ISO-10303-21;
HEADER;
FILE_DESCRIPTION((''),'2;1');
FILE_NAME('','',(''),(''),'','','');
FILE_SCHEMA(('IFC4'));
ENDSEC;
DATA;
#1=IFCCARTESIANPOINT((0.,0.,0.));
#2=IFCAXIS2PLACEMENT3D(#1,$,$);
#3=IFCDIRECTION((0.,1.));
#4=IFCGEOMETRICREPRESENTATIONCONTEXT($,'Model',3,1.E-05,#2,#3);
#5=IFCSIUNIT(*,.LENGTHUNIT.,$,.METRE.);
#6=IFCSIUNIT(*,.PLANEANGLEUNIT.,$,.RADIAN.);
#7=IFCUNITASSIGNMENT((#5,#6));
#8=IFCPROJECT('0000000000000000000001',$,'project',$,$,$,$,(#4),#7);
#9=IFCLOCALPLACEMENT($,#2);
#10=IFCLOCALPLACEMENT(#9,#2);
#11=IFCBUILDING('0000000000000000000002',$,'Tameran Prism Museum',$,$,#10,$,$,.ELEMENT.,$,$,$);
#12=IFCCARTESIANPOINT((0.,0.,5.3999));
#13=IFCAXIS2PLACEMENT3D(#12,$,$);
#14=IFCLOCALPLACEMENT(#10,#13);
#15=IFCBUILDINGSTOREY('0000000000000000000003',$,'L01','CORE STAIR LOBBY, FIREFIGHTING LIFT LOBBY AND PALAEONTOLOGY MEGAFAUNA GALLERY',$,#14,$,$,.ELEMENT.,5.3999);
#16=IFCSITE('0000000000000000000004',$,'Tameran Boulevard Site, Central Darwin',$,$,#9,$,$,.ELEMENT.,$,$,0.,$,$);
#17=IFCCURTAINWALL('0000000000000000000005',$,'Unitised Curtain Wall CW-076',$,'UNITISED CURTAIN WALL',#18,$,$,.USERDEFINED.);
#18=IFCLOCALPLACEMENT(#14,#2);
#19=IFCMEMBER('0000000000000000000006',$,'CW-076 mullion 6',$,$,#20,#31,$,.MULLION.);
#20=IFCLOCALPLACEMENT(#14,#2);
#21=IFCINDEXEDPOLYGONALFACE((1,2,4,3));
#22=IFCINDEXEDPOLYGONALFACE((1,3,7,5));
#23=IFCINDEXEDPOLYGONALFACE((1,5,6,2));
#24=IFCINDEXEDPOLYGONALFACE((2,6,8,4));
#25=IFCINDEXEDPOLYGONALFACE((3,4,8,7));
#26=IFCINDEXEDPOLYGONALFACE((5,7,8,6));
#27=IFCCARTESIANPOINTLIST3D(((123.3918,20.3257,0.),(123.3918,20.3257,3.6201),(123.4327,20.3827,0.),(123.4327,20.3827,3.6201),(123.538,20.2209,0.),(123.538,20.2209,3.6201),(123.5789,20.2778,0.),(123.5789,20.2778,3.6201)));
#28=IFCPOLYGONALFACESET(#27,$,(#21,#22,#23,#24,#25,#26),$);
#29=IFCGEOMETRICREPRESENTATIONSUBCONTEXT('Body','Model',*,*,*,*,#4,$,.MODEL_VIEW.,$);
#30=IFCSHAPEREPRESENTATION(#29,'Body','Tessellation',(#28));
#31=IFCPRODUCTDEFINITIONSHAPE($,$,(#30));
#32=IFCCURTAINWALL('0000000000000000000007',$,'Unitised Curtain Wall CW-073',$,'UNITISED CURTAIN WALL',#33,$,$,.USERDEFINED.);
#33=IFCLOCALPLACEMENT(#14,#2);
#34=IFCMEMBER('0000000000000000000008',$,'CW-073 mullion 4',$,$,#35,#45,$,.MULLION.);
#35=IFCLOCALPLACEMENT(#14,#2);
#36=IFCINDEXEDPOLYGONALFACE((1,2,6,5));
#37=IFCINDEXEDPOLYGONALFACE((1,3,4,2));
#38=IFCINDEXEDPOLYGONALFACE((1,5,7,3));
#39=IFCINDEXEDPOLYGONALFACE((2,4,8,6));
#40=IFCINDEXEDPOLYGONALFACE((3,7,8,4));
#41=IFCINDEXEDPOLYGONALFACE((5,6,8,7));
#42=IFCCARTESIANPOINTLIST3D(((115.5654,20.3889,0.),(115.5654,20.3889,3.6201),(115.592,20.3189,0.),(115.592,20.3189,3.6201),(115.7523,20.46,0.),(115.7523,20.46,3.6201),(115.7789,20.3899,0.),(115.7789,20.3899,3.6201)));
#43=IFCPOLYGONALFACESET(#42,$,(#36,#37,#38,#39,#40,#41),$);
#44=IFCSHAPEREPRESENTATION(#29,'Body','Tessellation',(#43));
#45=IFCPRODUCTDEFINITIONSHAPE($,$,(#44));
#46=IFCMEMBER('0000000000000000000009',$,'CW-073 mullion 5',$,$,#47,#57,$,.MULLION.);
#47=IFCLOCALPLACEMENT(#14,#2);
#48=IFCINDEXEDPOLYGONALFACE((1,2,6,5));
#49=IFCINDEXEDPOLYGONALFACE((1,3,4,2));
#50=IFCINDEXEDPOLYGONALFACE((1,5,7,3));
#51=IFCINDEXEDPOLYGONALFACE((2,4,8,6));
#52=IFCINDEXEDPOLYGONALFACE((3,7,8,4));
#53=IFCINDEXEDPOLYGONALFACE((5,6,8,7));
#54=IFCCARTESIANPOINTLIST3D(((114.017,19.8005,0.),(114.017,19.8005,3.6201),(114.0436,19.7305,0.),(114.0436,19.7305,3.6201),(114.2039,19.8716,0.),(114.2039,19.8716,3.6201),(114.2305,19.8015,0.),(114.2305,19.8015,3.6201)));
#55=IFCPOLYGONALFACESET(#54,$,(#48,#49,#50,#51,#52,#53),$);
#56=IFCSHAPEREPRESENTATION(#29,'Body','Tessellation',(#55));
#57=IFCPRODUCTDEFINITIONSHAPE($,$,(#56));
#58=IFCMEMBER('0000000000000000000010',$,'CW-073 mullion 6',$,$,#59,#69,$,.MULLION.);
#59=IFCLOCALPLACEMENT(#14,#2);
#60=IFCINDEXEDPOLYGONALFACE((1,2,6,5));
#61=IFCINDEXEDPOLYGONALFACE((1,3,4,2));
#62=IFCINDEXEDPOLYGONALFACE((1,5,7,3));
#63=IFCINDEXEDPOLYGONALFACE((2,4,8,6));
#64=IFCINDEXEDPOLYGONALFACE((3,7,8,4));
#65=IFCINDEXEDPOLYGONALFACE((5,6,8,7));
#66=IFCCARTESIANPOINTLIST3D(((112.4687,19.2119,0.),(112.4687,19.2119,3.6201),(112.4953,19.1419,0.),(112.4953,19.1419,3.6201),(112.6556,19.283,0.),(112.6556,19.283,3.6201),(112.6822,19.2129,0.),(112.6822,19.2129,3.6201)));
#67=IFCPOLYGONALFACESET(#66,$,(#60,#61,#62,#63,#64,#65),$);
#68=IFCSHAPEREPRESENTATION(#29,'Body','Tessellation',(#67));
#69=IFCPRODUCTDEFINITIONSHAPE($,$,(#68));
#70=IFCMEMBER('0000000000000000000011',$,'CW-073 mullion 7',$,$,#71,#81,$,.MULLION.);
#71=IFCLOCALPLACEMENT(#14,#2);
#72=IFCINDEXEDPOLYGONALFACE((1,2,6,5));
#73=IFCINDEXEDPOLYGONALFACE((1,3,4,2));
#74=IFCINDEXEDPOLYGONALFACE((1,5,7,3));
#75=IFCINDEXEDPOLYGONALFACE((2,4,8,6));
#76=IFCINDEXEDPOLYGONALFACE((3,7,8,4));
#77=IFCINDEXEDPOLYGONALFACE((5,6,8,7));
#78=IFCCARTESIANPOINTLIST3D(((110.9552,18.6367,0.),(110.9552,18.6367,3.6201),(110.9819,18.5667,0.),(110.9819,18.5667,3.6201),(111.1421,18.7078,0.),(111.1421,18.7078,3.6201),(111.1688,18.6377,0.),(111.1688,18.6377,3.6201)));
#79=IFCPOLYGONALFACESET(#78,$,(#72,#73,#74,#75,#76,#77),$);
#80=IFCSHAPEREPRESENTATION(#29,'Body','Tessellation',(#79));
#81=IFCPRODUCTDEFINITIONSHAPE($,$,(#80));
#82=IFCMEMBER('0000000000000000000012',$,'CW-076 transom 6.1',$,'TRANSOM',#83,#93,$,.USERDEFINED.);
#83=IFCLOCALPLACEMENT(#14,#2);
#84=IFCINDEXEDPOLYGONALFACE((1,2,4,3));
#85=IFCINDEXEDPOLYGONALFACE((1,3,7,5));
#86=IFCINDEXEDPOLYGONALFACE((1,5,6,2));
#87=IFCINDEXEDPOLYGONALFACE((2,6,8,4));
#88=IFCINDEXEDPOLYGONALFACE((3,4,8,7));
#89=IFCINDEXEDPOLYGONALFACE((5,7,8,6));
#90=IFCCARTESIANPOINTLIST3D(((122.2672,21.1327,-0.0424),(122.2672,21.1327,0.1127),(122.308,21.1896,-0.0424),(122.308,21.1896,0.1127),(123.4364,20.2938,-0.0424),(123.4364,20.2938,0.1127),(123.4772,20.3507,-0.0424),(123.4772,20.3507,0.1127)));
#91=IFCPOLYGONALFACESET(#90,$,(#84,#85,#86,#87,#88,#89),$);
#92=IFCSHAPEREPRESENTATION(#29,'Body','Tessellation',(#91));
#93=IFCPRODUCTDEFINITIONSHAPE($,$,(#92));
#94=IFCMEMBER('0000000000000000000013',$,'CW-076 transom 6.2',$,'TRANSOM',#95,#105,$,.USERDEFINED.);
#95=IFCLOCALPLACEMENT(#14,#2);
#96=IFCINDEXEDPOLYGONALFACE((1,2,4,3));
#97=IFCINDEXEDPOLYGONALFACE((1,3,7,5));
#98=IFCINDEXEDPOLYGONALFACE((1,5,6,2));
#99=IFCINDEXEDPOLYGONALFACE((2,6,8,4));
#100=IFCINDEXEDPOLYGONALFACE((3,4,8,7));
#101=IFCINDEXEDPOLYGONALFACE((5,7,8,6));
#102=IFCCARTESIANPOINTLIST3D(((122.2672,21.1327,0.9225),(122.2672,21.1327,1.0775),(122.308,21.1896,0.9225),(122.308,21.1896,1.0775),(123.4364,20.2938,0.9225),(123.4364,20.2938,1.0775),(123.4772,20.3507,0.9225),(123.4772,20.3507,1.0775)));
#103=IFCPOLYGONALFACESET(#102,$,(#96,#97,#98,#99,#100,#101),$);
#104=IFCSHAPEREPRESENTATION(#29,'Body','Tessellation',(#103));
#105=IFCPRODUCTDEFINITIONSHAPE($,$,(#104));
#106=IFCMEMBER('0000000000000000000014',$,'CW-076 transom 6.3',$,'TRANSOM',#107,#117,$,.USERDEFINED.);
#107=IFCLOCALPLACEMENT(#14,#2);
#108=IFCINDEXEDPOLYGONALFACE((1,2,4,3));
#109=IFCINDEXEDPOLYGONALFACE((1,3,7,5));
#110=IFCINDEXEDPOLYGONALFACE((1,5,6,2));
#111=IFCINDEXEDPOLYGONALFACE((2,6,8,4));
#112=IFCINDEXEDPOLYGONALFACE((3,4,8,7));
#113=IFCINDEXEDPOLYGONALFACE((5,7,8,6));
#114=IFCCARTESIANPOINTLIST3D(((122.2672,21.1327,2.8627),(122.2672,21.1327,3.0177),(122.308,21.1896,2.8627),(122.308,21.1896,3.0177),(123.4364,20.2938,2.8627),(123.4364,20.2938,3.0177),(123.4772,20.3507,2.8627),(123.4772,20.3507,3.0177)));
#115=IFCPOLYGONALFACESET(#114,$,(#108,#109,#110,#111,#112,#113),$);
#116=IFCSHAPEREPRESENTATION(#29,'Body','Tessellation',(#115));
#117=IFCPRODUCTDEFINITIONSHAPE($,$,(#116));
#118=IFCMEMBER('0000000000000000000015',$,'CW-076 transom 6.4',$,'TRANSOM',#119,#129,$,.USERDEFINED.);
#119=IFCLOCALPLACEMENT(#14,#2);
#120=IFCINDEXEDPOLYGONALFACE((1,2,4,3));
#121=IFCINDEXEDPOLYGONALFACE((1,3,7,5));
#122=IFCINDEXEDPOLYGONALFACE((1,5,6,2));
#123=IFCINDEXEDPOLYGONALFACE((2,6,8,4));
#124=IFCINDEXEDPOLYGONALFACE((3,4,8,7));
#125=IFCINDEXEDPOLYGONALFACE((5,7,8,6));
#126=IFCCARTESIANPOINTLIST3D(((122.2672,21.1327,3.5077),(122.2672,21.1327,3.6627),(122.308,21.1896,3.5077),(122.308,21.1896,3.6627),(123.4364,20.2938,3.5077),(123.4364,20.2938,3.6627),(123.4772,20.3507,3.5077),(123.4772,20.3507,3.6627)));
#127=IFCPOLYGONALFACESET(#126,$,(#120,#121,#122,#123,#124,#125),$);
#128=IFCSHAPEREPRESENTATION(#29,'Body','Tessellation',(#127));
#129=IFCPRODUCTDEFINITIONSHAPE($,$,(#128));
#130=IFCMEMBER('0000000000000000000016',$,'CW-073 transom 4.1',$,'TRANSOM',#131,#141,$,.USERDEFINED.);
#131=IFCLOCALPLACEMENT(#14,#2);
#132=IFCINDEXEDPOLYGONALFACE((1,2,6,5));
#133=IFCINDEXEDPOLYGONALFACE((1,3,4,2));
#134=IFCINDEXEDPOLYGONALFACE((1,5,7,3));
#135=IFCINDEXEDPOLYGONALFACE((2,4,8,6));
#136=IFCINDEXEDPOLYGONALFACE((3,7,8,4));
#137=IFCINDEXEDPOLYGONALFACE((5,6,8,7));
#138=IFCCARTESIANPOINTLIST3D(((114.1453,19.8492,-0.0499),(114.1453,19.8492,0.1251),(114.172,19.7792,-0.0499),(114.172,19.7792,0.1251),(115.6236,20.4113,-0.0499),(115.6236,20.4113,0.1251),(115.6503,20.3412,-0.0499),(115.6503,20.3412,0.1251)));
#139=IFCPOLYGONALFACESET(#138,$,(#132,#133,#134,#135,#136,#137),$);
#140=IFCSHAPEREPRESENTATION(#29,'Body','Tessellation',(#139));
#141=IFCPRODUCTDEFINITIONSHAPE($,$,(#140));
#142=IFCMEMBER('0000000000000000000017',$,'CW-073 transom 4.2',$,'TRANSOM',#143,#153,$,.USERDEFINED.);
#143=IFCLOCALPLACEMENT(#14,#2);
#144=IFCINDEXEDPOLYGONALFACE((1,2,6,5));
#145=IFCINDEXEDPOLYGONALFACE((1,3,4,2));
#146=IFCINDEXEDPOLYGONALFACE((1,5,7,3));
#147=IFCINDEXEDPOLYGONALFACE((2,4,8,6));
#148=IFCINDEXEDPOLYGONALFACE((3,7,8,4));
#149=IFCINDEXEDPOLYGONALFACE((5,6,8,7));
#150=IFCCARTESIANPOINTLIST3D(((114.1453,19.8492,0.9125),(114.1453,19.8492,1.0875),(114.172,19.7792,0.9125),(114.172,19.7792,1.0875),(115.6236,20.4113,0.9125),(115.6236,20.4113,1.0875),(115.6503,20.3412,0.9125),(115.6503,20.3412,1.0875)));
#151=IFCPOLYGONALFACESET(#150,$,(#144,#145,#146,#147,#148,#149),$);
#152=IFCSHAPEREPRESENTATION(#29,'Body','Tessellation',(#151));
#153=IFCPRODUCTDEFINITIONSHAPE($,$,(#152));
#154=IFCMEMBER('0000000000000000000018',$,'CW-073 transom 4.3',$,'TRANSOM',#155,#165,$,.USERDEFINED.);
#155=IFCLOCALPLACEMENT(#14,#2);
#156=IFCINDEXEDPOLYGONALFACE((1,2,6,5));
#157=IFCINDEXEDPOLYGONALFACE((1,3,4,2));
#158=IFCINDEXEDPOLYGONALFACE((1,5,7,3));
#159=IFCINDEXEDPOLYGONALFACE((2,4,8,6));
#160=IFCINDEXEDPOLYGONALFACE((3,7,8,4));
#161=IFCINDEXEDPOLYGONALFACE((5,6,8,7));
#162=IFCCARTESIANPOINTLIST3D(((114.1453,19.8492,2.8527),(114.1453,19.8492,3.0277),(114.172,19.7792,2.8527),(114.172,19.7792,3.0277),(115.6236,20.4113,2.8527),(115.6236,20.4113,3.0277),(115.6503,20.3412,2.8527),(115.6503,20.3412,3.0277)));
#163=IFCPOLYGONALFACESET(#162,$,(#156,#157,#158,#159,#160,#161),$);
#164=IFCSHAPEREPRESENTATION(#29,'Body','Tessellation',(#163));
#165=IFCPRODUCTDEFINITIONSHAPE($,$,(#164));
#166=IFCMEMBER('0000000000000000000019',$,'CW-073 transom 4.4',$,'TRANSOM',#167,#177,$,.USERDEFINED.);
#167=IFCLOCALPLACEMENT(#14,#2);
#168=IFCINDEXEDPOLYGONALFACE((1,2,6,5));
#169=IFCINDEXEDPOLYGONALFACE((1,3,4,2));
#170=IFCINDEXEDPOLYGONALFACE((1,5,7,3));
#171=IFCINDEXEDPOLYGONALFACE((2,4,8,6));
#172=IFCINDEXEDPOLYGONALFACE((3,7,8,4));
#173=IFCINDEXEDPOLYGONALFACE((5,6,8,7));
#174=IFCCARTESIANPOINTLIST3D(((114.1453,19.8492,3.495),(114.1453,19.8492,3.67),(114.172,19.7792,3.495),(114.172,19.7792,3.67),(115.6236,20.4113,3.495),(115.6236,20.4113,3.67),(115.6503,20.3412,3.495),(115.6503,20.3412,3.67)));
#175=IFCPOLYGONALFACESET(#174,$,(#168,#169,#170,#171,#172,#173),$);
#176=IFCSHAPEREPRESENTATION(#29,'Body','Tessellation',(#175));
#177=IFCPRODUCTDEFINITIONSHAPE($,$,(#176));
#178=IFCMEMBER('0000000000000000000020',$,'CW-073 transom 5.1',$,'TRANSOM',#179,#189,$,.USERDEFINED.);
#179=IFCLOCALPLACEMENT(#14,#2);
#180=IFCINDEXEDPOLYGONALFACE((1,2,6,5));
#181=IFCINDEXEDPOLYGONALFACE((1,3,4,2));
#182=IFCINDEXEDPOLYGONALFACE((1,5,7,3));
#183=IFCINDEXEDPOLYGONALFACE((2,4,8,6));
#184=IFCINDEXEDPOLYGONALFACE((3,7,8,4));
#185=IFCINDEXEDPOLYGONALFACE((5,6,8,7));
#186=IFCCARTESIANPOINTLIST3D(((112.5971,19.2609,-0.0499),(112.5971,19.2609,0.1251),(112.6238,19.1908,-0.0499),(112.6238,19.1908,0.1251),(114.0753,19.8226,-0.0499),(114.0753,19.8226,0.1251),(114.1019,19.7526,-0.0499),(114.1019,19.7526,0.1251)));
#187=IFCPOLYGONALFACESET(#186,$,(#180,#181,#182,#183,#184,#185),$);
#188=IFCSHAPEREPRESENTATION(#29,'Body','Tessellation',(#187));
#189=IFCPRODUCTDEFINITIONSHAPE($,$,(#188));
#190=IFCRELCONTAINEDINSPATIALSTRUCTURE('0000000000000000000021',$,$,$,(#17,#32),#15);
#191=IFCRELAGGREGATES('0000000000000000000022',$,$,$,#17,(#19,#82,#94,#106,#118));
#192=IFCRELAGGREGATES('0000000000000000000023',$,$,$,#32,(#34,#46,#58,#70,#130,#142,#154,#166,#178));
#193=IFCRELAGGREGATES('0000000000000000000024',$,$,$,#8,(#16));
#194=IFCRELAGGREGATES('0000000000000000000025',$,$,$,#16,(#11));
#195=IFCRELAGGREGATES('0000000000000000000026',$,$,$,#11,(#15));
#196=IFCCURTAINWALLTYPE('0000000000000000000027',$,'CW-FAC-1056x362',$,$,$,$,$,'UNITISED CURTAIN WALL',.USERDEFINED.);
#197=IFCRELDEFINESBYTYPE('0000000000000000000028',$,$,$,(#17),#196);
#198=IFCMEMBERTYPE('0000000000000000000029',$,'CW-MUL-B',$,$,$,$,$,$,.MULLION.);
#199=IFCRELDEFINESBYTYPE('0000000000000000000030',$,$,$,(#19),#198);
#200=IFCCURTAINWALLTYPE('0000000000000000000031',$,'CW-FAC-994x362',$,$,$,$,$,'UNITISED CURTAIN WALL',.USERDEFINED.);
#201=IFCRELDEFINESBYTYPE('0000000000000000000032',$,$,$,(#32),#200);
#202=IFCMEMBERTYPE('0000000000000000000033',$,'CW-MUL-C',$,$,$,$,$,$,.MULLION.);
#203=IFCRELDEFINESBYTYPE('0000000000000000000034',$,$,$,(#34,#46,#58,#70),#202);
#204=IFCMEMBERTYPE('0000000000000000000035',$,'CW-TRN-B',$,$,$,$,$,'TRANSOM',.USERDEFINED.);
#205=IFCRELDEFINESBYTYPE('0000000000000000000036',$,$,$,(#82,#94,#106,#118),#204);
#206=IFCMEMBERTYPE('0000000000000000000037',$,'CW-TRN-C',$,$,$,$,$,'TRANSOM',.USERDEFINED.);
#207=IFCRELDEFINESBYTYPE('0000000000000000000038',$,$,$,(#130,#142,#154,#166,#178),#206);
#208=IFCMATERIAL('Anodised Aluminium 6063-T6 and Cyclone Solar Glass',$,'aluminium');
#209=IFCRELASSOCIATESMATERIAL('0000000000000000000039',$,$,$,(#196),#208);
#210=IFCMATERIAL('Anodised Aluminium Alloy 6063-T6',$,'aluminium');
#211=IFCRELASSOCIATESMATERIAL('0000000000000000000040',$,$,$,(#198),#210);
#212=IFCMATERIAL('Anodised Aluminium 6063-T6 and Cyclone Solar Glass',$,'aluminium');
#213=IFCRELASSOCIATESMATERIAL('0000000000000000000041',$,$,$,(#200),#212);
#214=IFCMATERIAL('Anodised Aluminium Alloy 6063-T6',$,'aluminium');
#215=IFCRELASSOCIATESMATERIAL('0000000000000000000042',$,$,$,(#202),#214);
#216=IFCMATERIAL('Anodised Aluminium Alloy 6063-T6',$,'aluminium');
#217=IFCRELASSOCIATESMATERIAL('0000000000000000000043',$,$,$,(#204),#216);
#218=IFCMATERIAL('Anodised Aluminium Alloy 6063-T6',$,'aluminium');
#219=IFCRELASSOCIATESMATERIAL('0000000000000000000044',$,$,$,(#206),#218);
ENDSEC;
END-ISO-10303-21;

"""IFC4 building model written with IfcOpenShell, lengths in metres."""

from ifc_helpers import new_model, si_unit, direction, frame, origin, origin_2d, place, context, subcontext, project, spatial, rectangle, extrude, material, material_profile, profile_set, type_object, element, aggregate, save


model = new_model("IFC4")

# Units and contexts
model_context = context("Model", 3, precision=1e-05, world=origin(), true_north=direction((0.0, 1.0)))
body_context = subcontext(model_context, "Body", "Model", "MODEL_VIEW")
ifc_project = project(units=[si_unit("LENGTHUNIT", "METRE"), si_unit("PLANEANGLEUNIT", "RADIAN")], contexts=[model_context])

# Site, building, storey
site_placement = place(None, origin())
site = spatial("IfcSite", under=ifc_project, at=site_placement, Name="Tameran Boulevard Site, Central Darwin", CompositionType="ELEMENT", RefElevation=0.0)
building_placement = place(site_placement, origin())
building = spatial("IfcBuilding", under=site, at=building_placement, Name="Tameran Prism Museum", CompositionType="ELEMENT")
storey_placement = place(building_placement, frame((0.0, 0.0, 5.3999)))
storey = spatial("IfcBuildingStorey", under=building, at=storey_placement, Name="L01", Description="CORE STAIR LOBBY, FIREFIGHTING LIFT LOBBY AND PALAEONTOLOGY MEGAFAUNA GALLERY", CompositionType="ELEMENT", Elevation=5.3999)

# Curtain wall, member
ifc_material_1 = material(Name="Anodised Aluminium 6063-T6 and Cyclone Solar Glass", Category="aluminium")
curtain_wall_type_1 = type_object("IfcCurtainWallType", Name="CW-FAC-1056x362", ElementType="UNITISED CURTAIN WALL", PredefinedType="USERDEFINED", material=ifc_material_1)
curtain_wall_1_placement = place(storey_placement, origin())
curtain_wall_1 = element("IfcCurtainWall", 1, at=curtain_wall_1_placement, inside=storey, type_object=curtain_wall_type_1, Name="Unitised Curtain Wall CW-076", ObjectType="UNITISED CURTAIN WALL", PredefinedType="USERDEFINED")
ifc_material_2 = material(Name="Anodised Aluminium Alloy 6063-T6", Category="aluminium")
ifc_material_profile_1 = material_profile(ifc_material_2, rectangle(XDim=0.0701, YDim=0.1799, at=origin_2d()))
ifc_profile_set_1 = profile_set([ifc_material_profile_1])
member_type_1 = type_object("IfcMemberType", Name="CW-MUL-B", PredefinedType="MULLION", material=ifc_profile_set_1)
member_1_placement = place(storey_placement, frame((123.4854, 20.3018, 0.0), z_axis=(0.0, 0.0, 1.0), x_axis=(-0.582885, -0.812555, 0.0)))
member_1 = element("IfcMember", 2, at=member_1_placement, type_object=member_type_1, Name="CW-076 mullion 6", PredefinedType="MULLION", context=body_context, shape_type="SweptSolid", body=[
    extrude(rectangle(XDim=0.0701, YDim=0.1799, at=origin_2d()), origin(), (0.0, 0.0, 1.0), 3.6201),
])

# Curtain wall, members
ifc_material_3 = material(Name="Anodised Aluminium 6063-T6 and Cyclone Solar Glass", Category="aluminium")
curtain_wall_type_2 = type_object("IfcCurtainWallType", Name="CW-FAC-994x362", ElementType="UNITISED CURTAIN WALL", PredefinedType="USERDEFINED", material=ifc_material_3)
curtain_wall_2_placement = place(storey_placement, origin())
curtain_wall_2 = element("IfcCurtainWall", 3, at=curtain_wall_2_placement, inside=storey, type_object=curtain_wall_type_2, Name="Unitised Curtain Wall CW-073", ObjectType="UNITISED CURTAIN WALL", PredefinedType="USERDEFINED")
ifc_material_4 = material(Name="Anodised Aluminium Alloy 6063-T6", Category="aluminium")
ifc_material_profile_2 = material_profile(ifc_material_4, rectangle(XDim=0.075, YDim=0.2, at=origin_2d()))
ifc_profile_set_2 = profile_set([ifc_material_profile_2])
member_type_2 = type_object("IfcMemberType", Name="CW-MUL-C", PredefinedType="MULLION", material=ifc_profile_set_2)
member_2_placement = place(storey_placement, frame((115.6721, 20.3894, 0.0), z_axis=(0.0, 0.0, 1.0), x_axis=(0.355288, -0.934757, 0.0)))
member_2 = element("IfcMember", 4, at=member_2_placement, type_object=member_type_2, Name="CW-073 mullion 4", PredefinedType="MULLION", context=body_context, shape_type="SweptSolid", body=[
    extrude(rectangle(XDim=0.075, YDim=0.2, at=origin_2d()), origin(), (0.0, 0.0, 1.0), 3.6201),
])
member_3_placement = place(storey_placement, frame((114.1238, 19.801, 0.0), z_axis=(0.0, 0.0, 1.0), x_axis=(0.355288, -0.934757, 0.0)))
member_3 = element("IfcMember", 5, at=member_3_placement, type_object=member_type_2, Name="CW-073 mullion 5", PredefinedType="MULLION", context=body_context, shape_type="SweptSolid", body=[
    extrude(rectangle(XDim=0.075, YDim=0.2, at=origin_2d()), origin(), (0.0, 0.0, 1.0), 3.6201),
])
member_4_placement = place(storey_placement, frame((112.5754, 19.2124, 0.0), z_axis=(0.0, 0.0, 1.0), x_axis=(0.355288, -0.934757, 0.0)))
member_4 = element("IfcMember", 6, at=member_4_placement, type_object=member_type_2, Name="CW-073 mullion 6", PredefinedType="MULLION", context=body_context, shape_type="SweptSolid", body=[
    extrude(rectangle(XDim=0.075, YDim=0.2, at=origin_2d()), origin(), (0.0, 0.0, 1.0), 3.6201),
])
member_5_placement = place(storey_placement, frame((111.062, 18.6372, 0.0), z_axis=(0.0, 0.0, 1.0), x_axis=(0.355288, -0.934757, 0.0)))
member_5 = element("IfcMember", 7, at=member_5_placement, type_object=member_type_2, Name="CW-073 mullion 7", PredefinedType="MULLION", context=body_context, shape_type="SweptSolid", body=[
    extrude(rectangle(XDim=0.075, YDim=0.2, at=origin_2d()), origin(), (0.0, 0.0, 1.0), 3.6201),
])

# Members
ifc_material_5 = material(Name="Anodised Aluminium Alloy 6063-T6", Category="aluminium")
ifc_material_profile_3 = material_profile(ifc_material_5, rectangle(XDim=0.0701, YDim=0.155, at=origin_2d()))
ifc_profile_set_3 = profile_set([ifc_material_profile_3])
member_type_3 = type_object("IfcMemberType", Name="CW-TRN-B", ElementType="TRANSOM", PredefinedType="USERDEFINED", material=ifc_profile_set_3)
member_6_placement = place(storey_placement, frame((123.4568, 20.3223, 0.0352), z_axis=(-0.812505, 0.582954, 0.0), x_axis=(-0.582954, -0.812505, 0.0)))
member_6 = element("IfcMember", 8, at=member_6_placement, type_object=member_type_3, Name="CW-076 transom 6.1", ObjectType="TRANSOM", PredefinedType="USERDEFINED", context=body_context, shape_type="SweptSolid", body=[
    extrude(rectangle(XDim=0.0701, YDim=0.155, at=origin_2d()), origin(), (0.0, 0.0, 1.0), 1.439),
])
member_7_placement = place(storey_placement, frame((123.4568, 20.3223, 1.0), z_axis=(-0.812505, 0.582954, 0.0), x_axis=(-0.582954, -0.812505, 0.0)))
member_7 = element("IfcMember", 9, at=member_7_placement, type_object=member_type_3, Name="CW-076 transom 6.2", ObjectType="TRANSOM", PredefinedType="USERDEFINED", context=body_context, shape_type="SweptSolid", body=[
    extrude(rectangle(XDim=0.0701, YDim=0.155, at=origin_2d()), origin(), (0.0, 0.0, 1.0), 1.439),
])
member_8_placement = place(storey_placement, frame((123.4568, 20.3223, 2.9402), z_axis=(-0.812505, 0.582954, 0.0), x_axis=(-0.582954, -0.812505, 0.0)))
member_8 = element("IfcMember", 10, at=member_8_placement, type_object=member_type_3, Name="CW-076 transom 6.3", ObjectType="TRANSOM", PredefinedType="USERDEFINED", context=body_context, shape_type="SweptSolid", body=[
    extrude(rectangle(XDim=0.0701, YDim=0.155, at=origin_2d()), origin(), (0.0, 0.0, 1.0), 1.439),
])
member_9_placement = place(storey_placement, frame((123.4568, 20.3223, 3.5852), z_axis=(-0.812505, 0.582954, 0.0), x_axis=(-0.582954, -0.812505, 0.0)))
member_9 = element("IfcMember", 11, at=member_9_placement, type_object=member_type_3, Name="CW-076 transom 6.4", ObjectType="TRANSOM", PredefinedType="USERDEFINED", context=body_context, shape_type="SweptSolid", body=[
    extrude(rectangle(XDim=0.0701, YDim=0.155, at=origin_2d()), origin(), (0.0, 0.0, 1.0), 1.439),
])
aggregate(curtain_wall_1, [member_1, member_6, member_7, member_8, member_9])
ifc_material_6 = material(Name="Anodised Aluminium Alloy 6063-T6", Category="aluminium")
ifc_material_profile_4 = material_profile(ifc_material_6, rectangle(XDim=0.075, YDim=0.175, at=origin_2d()))
ifc_profile_set_4 = profile_set([ifc_material_profile_4])
member_type_4 = type_object("IfcMemberType", Name="CW-TRN-C", ElementType="TRANSOM", PredefinedType="USERDEFINED", material=ifc_profile_set_4)
member_10_placement = place(storey_placement, frame((115.637, 20.3762, 0.0376), z_axis=(-0.934727, -0.355366, 0.0), x_axis=(0.355366, -0.934727, 0.0)))
member_10 = element("IfcMember", 12, at=member_10_placement, type_object=member_type_4, Name="CW-073 transom 4.1", ObjectType="TRANSOM", PredefinedType="USERDEFINED", context=body_context, shape_type="SweptSolid", body=[
    extrude(rectangle(XDim=0.075, YDim=0.175, at=origin_2d()), origin(), (0.0, 0.0, 1.0), 1.5815),
])
member_11_placement = place(storey_placement, frame((115.637, 20.3762, 1.0), z_axis=(-0.934727, -0.355366, 0.0), x_axis=(0.355366, -0.934727, 0.0)))
member_11 = element("IfcMember", 13, at=member_11_placement, type_object=member_type_4, Name="CW-073 transom 4.2", ObjectType="TRANSOM", PredefinedType="USERDEFINED", context=body_context, shape_type="SweptSolid", body=[
    extrude(rectangle(XDim=0.075, YDim=0.175, at=origin_2d()), origin(), (0.0, 0.0, 1.0), 1.5815),
])
member_12_placement = place(storey_placement, frame((115.637, 20.3762, 2.9402), z_axis=(-0.934727, -0.355366, 0.0), x_axis=(0.355366, -0.934727, 0.0)))
member_12 = element("IfcMember", 14, at=member_12_placement, type_object=member_type_4, Name="CW-073 transom 4.3", ObjectType="TRANSOM", PredefinedType="USERDEFINED", context=body_context, shape_type="SweptSolid", body=[
    extrude(rectangle(XDim=0.075, YDim=0.175, at=origin_2d()), origin(), (0.0, 0.0, 1.0), 1.5815),
])
member_13_placement = place(storey_placement, frame((115.637, 20.3762, 3.5825), z_axis=(-0.934727, -0.355366, 0.0), x_axis=(0.355366, -0.934727, 0.0)))
member_13 = element("IfcMember", 15, at=member_13_placement, type_object=member_type_4, Name="CW-073 transom 4.4", ObjectType="TRANSOM", PredefinedType="USERDEFINED", context=body_context, shape_type="SweptSolid", body=[
    extrude(rectangle(XDim=0.075, YDim=0.175, at=origin_2d()), origin(), (0.0, 0.0, 1.0), 1.5815),
])
member_14_placement = place(storey_placement, frame((114.0886, 19.7876, 0.0376), z_axis=(-0.934778, -0.355231, 0.0), x_axis=(0.355231, -0.934778, 0.0)))
member_14 = element("IfcMember", 16, at=member_14_placement, type_object=member_type_4, Name="CW-073 transom 5.1", ObjectType="TRANSOM", PredefinedType="USERDEFINED", context=body_context, shape_type="SweptSolid", body=[
    extrude(rectangle(XDim=0.075, YDim=0.175, at=origin_2d()), origin(), (0.0, 0.0, 1.0), 1.5813),
])

aggregate(curtain_wall_2, [member_2, member_3, member_4, member_5, member_10, member_11, member_12, member_13, member_14])

save(model, "model.ifc")
